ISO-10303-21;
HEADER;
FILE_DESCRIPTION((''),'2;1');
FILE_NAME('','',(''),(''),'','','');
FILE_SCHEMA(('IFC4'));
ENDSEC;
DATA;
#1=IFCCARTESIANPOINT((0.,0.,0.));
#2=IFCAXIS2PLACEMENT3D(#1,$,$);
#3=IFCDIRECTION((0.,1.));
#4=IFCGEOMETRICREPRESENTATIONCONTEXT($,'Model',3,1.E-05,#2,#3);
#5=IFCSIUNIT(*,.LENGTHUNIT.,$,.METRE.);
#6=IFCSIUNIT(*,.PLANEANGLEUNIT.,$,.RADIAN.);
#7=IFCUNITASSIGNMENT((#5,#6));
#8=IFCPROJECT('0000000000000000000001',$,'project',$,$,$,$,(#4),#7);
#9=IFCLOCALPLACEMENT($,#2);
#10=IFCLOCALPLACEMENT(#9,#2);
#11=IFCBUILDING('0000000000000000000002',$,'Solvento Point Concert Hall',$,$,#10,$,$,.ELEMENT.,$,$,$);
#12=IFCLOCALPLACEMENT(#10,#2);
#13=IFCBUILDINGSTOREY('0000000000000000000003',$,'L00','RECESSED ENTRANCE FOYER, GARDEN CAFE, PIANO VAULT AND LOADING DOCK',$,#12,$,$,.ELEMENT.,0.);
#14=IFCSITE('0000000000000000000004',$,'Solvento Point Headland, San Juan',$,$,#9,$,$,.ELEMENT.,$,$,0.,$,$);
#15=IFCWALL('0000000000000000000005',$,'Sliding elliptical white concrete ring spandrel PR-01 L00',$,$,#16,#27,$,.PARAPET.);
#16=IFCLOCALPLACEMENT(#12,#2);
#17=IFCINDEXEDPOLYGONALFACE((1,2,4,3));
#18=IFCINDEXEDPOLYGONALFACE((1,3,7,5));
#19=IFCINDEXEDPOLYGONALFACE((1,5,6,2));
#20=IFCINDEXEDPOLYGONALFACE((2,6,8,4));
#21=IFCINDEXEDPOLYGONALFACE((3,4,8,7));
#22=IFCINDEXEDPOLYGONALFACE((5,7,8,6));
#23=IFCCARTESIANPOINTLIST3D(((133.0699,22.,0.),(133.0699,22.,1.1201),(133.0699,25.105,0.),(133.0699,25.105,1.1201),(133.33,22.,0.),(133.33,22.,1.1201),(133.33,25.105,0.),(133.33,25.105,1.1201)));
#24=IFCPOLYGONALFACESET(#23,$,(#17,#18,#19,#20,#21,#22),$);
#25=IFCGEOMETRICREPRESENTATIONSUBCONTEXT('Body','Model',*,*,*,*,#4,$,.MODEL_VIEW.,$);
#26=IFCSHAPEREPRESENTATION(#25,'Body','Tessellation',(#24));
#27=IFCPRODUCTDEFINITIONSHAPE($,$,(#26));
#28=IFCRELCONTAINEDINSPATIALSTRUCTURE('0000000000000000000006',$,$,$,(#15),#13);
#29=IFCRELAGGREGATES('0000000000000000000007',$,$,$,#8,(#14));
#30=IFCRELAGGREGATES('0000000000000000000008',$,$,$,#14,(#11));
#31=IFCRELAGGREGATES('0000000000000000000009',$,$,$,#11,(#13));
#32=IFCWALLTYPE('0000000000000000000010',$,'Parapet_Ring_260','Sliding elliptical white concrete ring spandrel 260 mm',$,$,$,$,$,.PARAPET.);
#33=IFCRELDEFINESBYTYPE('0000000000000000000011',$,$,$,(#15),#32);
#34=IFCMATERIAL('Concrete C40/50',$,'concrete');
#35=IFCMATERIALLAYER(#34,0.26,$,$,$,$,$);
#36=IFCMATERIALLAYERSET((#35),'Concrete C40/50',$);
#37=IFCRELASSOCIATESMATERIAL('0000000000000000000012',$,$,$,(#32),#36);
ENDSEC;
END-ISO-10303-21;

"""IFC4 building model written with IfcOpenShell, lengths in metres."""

from ifc_helpers import new_model, si_unit, direction, frame, frame_2d, origin, place, context, subcontext, project, spatial, rectangle, extrude, material, layer, layer_set, type_object, element, save


model = new_model("IFC4")

# Units and contexts
model_context = context("Model", 3, precision=1e-05, world=origin(), true_north=direction((0.0, 1.0)))
body_context = subcontext(model_context, "Body", "Model", "MODEL_VIEW")
ifc_project = project(units=[si_unit("LENGTHUNIT", "METRE"), si_unit("PLANEANGLEUNIT", "RADIAN")], contexts=[model_context])

# Site, building, storey
site_placement = place(None, origin())
site = spatial("IfcSite", under=ifc_project, at=site_placement, Name="Solvento Point Headland, San Juan", CompositionType="ELEMENT", RefElevation=0.0)
building_placement = place(site_placement, origin())
building = spatial("IfcBuilding", under=site, at=building_placement, Name="Solvento Point Concert Hall", CompositionType="ELEMENT")
storey_placement = place(building_placement, origin())
storey = spatial("IfcBuildingStorey", under=building, at=storey_placement, Name="L00", Description="RECESSED ENTRANCE FOYER, GARDEN CAFE, PIANO VAULT AND LOADING DOCK", CompositionType="ELEMENT", Elevation=0.0)

# Wall
ifc_material_1 = material(Name="Concrete C40/50", Category="concrete")
ifc_layer = layer(ifc_material_1, 0.26)
ifc_layer_set = layer_set([ifc_layer], Name="Concrete C40/50")
wall_type = type_object("IfcWallType", Name="Parapet_Ring_260", Description="Sliding elliptical white concrete ring spandrel 260 mm", PredefinedType="PARAPET", material=ifc_layer_set)
wall_1_placement = place(storey_placement, frame((133.2, 22.0, 0.0), z_axis=(0.0, 0.0, 1.0), x_axis=(0.0, 1.0, 0.0)))
element("IfcWall", 1, at=wall_1_placement, inside=storey, type_object=wall_type, Name="Sliding elliptical white concrete ring spandrel PR-01 L00", PredefinedType="PARAPET", context=body_context, shape_type="SweptSolid", body=[
    extrude(rectangle(XDim=3.105, YDim=0.26, at=frame_2d((1.5525, 0.0))), origin(), (0.0, 0.0, 1.0), 1.1201),
])

save(model, "model.ifc")
